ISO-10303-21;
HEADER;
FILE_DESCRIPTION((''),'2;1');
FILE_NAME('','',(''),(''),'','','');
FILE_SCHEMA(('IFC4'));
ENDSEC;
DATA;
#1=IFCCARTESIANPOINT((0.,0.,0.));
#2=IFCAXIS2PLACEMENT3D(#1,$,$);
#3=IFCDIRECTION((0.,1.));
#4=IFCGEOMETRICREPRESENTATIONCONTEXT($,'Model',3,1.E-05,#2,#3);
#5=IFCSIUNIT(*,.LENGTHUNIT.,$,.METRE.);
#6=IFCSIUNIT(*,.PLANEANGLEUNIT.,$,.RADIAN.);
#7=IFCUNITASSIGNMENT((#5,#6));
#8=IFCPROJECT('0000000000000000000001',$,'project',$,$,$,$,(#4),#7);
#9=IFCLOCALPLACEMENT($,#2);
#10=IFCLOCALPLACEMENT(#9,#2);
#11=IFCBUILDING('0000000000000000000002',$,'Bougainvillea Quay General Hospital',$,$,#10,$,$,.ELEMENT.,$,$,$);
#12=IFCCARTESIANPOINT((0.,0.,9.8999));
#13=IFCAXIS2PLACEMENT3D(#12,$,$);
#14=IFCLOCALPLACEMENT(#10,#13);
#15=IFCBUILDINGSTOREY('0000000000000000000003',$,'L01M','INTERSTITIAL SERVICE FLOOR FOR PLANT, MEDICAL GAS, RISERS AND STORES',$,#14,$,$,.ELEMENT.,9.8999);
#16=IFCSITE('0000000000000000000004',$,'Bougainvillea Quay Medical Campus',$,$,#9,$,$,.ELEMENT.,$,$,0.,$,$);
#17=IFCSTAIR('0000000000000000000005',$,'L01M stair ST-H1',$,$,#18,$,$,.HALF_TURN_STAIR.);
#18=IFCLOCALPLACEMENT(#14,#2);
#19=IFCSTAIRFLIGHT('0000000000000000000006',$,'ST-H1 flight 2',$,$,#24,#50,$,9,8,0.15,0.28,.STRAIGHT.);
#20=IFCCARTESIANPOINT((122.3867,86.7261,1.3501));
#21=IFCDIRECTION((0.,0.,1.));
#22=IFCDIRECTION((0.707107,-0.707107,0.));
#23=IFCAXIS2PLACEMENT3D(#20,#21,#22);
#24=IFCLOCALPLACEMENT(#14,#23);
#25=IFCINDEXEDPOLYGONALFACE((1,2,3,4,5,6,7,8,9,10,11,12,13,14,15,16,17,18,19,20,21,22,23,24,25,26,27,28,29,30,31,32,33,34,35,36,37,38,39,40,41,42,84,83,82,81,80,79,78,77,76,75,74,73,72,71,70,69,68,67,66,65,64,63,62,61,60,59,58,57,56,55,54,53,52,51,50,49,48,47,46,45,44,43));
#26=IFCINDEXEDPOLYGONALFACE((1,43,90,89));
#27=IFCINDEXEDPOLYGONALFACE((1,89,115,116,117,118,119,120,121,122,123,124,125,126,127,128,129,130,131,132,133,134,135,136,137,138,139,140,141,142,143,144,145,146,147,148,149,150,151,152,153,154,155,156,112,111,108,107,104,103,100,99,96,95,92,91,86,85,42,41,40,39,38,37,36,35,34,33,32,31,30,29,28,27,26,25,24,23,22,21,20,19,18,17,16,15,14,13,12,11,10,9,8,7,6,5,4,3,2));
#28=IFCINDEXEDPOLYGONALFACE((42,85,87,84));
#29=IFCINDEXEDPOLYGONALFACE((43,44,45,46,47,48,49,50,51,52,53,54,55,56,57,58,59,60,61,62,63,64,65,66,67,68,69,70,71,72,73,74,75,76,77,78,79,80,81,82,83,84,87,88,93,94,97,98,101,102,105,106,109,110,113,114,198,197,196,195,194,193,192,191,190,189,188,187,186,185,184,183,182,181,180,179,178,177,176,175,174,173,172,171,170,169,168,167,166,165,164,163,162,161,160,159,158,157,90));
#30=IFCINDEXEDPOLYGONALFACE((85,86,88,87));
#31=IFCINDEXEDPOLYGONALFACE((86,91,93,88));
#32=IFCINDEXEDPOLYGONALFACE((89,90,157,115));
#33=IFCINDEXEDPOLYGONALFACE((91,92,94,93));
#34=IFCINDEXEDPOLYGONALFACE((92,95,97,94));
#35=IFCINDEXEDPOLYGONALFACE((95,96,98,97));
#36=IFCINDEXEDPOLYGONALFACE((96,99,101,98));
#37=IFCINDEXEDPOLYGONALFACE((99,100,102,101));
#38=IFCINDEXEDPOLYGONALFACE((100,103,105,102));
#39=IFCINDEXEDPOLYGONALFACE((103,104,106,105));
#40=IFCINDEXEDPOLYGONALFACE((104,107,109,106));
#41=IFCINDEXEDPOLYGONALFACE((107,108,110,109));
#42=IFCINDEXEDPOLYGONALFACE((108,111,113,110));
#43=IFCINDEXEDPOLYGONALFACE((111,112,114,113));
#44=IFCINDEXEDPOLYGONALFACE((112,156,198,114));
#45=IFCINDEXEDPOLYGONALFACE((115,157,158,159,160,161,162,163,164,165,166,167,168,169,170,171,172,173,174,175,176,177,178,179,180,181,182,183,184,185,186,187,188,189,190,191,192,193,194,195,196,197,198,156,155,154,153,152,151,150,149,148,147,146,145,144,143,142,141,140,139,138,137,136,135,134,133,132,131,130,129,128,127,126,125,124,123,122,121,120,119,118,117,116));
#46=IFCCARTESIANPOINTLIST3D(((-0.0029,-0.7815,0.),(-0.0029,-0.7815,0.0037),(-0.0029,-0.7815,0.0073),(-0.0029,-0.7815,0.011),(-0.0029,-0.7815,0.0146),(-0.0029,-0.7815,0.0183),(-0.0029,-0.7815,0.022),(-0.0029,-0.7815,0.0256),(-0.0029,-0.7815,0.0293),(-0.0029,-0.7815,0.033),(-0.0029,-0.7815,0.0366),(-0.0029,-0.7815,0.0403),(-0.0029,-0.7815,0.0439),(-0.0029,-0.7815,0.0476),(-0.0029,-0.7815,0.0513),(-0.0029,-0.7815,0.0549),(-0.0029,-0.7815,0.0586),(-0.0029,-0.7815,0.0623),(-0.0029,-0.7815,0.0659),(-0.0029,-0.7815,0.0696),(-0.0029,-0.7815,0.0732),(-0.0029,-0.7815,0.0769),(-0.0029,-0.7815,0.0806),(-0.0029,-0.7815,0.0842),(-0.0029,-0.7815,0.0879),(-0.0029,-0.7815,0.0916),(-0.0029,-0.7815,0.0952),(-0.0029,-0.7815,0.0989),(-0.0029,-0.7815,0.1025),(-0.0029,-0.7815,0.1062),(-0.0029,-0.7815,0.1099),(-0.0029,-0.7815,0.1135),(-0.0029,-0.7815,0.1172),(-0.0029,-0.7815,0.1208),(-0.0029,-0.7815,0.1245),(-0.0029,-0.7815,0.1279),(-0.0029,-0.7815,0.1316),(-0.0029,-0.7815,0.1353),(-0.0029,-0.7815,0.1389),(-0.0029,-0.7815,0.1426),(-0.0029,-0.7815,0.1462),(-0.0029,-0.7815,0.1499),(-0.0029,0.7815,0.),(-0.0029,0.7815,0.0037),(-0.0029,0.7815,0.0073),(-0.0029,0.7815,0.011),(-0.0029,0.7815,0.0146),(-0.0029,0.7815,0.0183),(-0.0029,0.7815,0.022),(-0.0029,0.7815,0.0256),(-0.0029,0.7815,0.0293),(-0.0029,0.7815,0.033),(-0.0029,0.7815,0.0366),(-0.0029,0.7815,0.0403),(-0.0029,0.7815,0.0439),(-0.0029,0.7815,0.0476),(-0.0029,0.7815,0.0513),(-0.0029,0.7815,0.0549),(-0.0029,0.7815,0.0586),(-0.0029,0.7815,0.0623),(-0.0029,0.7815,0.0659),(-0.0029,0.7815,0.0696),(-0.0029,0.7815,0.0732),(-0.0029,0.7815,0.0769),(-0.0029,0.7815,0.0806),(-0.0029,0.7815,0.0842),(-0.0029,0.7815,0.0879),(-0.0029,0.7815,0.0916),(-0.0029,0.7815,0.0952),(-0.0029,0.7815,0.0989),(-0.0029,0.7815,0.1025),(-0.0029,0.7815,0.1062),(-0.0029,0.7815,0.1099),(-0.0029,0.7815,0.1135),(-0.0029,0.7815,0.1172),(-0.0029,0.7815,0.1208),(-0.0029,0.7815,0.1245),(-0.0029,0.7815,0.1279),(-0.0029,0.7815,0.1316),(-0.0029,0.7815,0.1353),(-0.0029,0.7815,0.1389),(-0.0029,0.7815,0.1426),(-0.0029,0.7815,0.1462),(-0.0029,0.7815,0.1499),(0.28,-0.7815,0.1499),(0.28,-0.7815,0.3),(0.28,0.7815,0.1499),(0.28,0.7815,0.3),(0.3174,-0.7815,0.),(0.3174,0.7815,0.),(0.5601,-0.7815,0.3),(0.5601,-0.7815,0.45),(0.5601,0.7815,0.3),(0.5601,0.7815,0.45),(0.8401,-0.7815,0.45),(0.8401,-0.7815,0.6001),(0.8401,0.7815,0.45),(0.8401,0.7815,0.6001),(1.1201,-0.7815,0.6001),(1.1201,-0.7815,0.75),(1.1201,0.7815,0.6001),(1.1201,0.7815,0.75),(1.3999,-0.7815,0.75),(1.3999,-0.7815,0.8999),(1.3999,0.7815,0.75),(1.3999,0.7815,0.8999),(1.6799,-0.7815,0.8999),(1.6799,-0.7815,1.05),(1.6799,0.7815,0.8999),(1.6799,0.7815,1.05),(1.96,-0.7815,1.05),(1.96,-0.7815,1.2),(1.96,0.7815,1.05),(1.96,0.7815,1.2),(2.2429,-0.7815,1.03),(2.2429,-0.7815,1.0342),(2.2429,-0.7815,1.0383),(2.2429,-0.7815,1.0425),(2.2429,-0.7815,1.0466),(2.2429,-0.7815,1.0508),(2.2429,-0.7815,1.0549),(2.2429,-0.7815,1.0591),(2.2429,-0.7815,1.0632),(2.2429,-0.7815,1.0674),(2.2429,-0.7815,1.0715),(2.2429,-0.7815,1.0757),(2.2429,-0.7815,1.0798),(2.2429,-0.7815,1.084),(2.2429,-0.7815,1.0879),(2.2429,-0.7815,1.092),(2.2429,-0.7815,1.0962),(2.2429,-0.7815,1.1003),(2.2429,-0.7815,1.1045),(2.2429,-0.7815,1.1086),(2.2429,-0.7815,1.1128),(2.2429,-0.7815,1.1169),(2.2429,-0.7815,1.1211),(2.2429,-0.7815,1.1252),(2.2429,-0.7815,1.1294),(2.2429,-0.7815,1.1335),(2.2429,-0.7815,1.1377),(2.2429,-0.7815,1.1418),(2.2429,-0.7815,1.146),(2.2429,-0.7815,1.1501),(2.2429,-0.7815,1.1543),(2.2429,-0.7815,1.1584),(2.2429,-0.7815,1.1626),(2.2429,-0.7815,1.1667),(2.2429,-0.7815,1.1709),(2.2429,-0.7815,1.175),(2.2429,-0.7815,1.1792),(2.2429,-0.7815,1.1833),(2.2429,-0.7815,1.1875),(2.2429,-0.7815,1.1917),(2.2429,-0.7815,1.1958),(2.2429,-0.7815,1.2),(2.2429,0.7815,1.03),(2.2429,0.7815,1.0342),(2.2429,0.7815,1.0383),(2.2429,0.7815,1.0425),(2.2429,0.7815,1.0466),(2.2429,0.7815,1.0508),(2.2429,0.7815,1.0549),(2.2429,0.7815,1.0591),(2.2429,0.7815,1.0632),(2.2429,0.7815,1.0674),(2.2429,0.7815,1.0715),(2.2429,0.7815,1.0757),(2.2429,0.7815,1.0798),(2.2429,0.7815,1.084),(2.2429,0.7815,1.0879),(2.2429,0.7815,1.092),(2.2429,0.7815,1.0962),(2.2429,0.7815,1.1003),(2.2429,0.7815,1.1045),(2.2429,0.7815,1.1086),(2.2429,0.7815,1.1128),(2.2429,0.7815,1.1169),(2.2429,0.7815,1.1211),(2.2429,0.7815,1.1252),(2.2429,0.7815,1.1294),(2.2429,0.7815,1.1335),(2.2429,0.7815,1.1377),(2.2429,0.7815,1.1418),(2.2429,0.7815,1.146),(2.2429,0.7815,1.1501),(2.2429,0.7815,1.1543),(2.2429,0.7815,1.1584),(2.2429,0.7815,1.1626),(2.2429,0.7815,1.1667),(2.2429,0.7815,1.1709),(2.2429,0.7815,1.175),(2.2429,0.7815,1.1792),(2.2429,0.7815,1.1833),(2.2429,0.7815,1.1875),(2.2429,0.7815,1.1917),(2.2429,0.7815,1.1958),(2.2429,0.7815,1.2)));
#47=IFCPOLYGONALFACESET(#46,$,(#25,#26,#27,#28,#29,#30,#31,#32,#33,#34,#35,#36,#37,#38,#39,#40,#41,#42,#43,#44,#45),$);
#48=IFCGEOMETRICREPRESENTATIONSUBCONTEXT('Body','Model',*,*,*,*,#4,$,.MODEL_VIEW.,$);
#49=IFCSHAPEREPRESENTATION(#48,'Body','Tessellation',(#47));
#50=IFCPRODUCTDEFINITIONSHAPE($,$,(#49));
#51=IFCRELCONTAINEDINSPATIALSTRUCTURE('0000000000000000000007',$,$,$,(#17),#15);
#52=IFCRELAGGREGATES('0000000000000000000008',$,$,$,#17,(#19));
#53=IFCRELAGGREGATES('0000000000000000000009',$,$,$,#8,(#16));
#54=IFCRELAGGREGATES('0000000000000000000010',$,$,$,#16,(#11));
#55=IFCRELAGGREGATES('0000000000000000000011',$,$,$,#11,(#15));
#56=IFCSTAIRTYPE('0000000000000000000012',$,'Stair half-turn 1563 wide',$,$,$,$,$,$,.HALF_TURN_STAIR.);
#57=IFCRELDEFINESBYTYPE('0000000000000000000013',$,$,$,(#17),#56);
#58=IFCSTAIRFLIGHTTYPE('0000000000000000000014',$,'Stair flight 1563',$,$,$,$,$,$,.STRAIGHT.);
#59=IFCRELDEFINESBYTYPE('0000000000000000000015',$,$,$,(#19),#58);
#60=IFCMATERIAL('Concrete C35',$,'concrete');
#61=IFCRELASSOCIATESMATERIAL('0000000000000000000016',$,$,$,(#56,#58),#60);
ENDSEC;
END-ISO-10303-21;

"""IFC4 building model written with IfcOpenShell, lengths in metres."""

from ifc_helpers import new_model, si_unit, direction, frame, origin, place, context, subcontext, project, spatial, polyline, outline, extrude, material, type_object, element, aggregate, save


model = new_model("IFC4")

# Units and contexts
model_context = context("Model", 3, precision=1e-05, world=origin(), true_north=direction((0.0, 1.0)))
body_context = subcontext(model_context, "Body", "Model", "MODEL_VIEW")
ifc_project = project(units=[si_unit("LENGTHUNIT", "METRE"), si_unit("PLANEANGLEUNIT", "RADIAN")], contexts=[model_context])

# Site, building, storey
site_placement = place(None, origin())
site = spatial("IfcSite", under=ifc_project, at=site_placement, Name="Bougainvillea Quay Medical Campus", CompositionType="ELEMENT", RefElevation=0.0)
building_placement = place(site_placement, origin())
building = spatial("IfcBuilding", under=site, at=building_placement, Name="Bougainvillea Quay General Hospital", CompositionType="ELEMENT")
storey_placement = place(building_placement, frame((0.0, 0.0, 9.8999)))
storey = spatial("IfcBuildingStorey", under=building, at=storey_placement, Name="L01M", Description="INTERSTITIAL SERVICE FLOOR FOR PLANT, MEDICAL GAS, RISERS AND STORES", CompositionType="ELEMENT", Elevation=9.8999)

# Stair, stair flight
ifc_material_1 = material(Name="Concrete C35", Category="concrete")
stair_type = type_object("IfcStairType", Name="Stair half-turn 1563 wide", PredefinedType="HALF_TURN_STAIR", material=ifc_material_1)
stair_placement = place(storey_placement, origin())
stair = element("IfcStair", 1, at=stair_placement, inside=storey, type_object=stair_type, Name="L01M stair ST-H1", PredefinedType="HALF_TURN_STAIR")
stair_flight_type = type_object("IfcStairFlightType", Name="Stair flight 1563", PredefinedType="STRAIGHT", material=ifc_material_1)
stair_flight_1_placement = place(storey_placement, frame((122.3867, 86.7261, 1.3501), z_axis=(0.0, 0.0, 1.0), x_axis=(0.707107, -0.707107, 0.0)))
stair_flight_1 = element("IfcStairFlight", 2, at=stair_flight_1_placement, type_object=stair_flight_type, Name="ST-H1 flight 2", NumberOfRisers=9, NumberOfTreads=8, PredefinedType="STRAIGHT", RiserHeight=0.15, TreadLength=0.28, context=body_context, shape_type="SweptSolid", body=[
    extrude(outline(polyline([(-0.0029, 0.0), (-0.0029, 0.0037), (-0.0029, 0.0073), (-0.0029, 0.011), (-0.0029, 0.0146), (-0.0029, 0.0183), (-0.0029, 0.022), (-0.0029, 0.0256), (-0.0029, 0.0293), (-0.0029, 0.033), (-0.0029, 0.0366), (-0.0029, 0.0403), (-0.0029, 0.0439), (-0.0029, 0.0476), (-0.0029, 0.0513), (-0.0029, 0.0549), (-0.0029, 0.0586), (-0.0029, 0.0623), (-0.0029, 0.0659), (-0.0029, 0.0696), (-0.0029, 0.0732), (-0.0029, 0.0769), (-0.0029, 0.0806), (-0.0029, 0.0842), (-0.0029, 0.0879), (-0.0029, 0.0916), (-0.0029, 0.0952), (-0.0029, 0.0989), (-0.0029, 0.1025), (-0.0029, 0.1062), (-0.0029, 0.1099), (-0.0029, 0.1135), (-0.0029, 0.1172), (-0.0029, 0.1208), (-0.0029, 0.1245), (-0.0029, 0.1279), (-0.0029, 0.1316), (-0.0029, 0.1353), (-0.0029, 0.1389), (-0.0029, 0.1426), (-0.0029, 0.1462), (-0.0029, 0.1499), (0.28, 0.1499), (0.28, 0.3), (0.5601, 0.3), (0.5601, 0.45), (0.8401, 0.45), (0.8401, 0.6001), (1.1201, 0.6001), (1.1201, 0.75), (1.3999, 0.75), (1.3999, 0.8999), (1.6799, 0.8999), (1.6799, 1.05), (1.96, 1.05), (1.96, 1.2), (2.2429, 1.2), (2.2429, 1.1958), (2.2429, 1.1917), (2.2429, 1.1875), (2.2429, 1.1833), (2.2429, 1.1792), (2.2429, 1.175), (2.2429, 1.1709), (2.2429, 1.1667), (2.2429, 1.1626), (2.2429, 1.1584), (2.2429, 1.1543), (2.2429, 1.1501), (2.2429, 1.146), (2.2429, 1.1418), (2.2429, 1.1377), (2.2429, 1.1335), (2.2429, 1.1294), (2.2429, 1.1252), (2.2429, 1.1211), (2.2429, 1.1169), (2.2429, 1.1128), (2.2429, 1.1086), (2.2429, 1.1045), (2.2429, 1.1003), (2.2429, 1.0962), (2.2429, 1.092), (2.2429, 1.0879), (2.2429, 1.084), (2.2429, 1.0798), (2.2429, 1.0757), (2.2429, 1.0715), (2.2429, 1.0674), (2.2429, 1.0632), (2.2429, 1.0591), (2.2429, 1.0549), (2.2429, 1.0508), (2.2429, 1.0466), (2.2429, 1.0425), (2.2429, 1.0383), (2.2429, 1.0342), (2.2429, 1.03), (0.3174, 0.0), (-0.0029, 0.0)])), frame((0.0, 0.7815, 0.0), z_axis=(0.0, -1.0, 0.0), x_axis=(1.0, 0.0, 0.0)), (0.0, 0.0, 1.0), 1.563),
])
aggregate(stair, [stair_flight_1])

save(model, "model.ifc")
